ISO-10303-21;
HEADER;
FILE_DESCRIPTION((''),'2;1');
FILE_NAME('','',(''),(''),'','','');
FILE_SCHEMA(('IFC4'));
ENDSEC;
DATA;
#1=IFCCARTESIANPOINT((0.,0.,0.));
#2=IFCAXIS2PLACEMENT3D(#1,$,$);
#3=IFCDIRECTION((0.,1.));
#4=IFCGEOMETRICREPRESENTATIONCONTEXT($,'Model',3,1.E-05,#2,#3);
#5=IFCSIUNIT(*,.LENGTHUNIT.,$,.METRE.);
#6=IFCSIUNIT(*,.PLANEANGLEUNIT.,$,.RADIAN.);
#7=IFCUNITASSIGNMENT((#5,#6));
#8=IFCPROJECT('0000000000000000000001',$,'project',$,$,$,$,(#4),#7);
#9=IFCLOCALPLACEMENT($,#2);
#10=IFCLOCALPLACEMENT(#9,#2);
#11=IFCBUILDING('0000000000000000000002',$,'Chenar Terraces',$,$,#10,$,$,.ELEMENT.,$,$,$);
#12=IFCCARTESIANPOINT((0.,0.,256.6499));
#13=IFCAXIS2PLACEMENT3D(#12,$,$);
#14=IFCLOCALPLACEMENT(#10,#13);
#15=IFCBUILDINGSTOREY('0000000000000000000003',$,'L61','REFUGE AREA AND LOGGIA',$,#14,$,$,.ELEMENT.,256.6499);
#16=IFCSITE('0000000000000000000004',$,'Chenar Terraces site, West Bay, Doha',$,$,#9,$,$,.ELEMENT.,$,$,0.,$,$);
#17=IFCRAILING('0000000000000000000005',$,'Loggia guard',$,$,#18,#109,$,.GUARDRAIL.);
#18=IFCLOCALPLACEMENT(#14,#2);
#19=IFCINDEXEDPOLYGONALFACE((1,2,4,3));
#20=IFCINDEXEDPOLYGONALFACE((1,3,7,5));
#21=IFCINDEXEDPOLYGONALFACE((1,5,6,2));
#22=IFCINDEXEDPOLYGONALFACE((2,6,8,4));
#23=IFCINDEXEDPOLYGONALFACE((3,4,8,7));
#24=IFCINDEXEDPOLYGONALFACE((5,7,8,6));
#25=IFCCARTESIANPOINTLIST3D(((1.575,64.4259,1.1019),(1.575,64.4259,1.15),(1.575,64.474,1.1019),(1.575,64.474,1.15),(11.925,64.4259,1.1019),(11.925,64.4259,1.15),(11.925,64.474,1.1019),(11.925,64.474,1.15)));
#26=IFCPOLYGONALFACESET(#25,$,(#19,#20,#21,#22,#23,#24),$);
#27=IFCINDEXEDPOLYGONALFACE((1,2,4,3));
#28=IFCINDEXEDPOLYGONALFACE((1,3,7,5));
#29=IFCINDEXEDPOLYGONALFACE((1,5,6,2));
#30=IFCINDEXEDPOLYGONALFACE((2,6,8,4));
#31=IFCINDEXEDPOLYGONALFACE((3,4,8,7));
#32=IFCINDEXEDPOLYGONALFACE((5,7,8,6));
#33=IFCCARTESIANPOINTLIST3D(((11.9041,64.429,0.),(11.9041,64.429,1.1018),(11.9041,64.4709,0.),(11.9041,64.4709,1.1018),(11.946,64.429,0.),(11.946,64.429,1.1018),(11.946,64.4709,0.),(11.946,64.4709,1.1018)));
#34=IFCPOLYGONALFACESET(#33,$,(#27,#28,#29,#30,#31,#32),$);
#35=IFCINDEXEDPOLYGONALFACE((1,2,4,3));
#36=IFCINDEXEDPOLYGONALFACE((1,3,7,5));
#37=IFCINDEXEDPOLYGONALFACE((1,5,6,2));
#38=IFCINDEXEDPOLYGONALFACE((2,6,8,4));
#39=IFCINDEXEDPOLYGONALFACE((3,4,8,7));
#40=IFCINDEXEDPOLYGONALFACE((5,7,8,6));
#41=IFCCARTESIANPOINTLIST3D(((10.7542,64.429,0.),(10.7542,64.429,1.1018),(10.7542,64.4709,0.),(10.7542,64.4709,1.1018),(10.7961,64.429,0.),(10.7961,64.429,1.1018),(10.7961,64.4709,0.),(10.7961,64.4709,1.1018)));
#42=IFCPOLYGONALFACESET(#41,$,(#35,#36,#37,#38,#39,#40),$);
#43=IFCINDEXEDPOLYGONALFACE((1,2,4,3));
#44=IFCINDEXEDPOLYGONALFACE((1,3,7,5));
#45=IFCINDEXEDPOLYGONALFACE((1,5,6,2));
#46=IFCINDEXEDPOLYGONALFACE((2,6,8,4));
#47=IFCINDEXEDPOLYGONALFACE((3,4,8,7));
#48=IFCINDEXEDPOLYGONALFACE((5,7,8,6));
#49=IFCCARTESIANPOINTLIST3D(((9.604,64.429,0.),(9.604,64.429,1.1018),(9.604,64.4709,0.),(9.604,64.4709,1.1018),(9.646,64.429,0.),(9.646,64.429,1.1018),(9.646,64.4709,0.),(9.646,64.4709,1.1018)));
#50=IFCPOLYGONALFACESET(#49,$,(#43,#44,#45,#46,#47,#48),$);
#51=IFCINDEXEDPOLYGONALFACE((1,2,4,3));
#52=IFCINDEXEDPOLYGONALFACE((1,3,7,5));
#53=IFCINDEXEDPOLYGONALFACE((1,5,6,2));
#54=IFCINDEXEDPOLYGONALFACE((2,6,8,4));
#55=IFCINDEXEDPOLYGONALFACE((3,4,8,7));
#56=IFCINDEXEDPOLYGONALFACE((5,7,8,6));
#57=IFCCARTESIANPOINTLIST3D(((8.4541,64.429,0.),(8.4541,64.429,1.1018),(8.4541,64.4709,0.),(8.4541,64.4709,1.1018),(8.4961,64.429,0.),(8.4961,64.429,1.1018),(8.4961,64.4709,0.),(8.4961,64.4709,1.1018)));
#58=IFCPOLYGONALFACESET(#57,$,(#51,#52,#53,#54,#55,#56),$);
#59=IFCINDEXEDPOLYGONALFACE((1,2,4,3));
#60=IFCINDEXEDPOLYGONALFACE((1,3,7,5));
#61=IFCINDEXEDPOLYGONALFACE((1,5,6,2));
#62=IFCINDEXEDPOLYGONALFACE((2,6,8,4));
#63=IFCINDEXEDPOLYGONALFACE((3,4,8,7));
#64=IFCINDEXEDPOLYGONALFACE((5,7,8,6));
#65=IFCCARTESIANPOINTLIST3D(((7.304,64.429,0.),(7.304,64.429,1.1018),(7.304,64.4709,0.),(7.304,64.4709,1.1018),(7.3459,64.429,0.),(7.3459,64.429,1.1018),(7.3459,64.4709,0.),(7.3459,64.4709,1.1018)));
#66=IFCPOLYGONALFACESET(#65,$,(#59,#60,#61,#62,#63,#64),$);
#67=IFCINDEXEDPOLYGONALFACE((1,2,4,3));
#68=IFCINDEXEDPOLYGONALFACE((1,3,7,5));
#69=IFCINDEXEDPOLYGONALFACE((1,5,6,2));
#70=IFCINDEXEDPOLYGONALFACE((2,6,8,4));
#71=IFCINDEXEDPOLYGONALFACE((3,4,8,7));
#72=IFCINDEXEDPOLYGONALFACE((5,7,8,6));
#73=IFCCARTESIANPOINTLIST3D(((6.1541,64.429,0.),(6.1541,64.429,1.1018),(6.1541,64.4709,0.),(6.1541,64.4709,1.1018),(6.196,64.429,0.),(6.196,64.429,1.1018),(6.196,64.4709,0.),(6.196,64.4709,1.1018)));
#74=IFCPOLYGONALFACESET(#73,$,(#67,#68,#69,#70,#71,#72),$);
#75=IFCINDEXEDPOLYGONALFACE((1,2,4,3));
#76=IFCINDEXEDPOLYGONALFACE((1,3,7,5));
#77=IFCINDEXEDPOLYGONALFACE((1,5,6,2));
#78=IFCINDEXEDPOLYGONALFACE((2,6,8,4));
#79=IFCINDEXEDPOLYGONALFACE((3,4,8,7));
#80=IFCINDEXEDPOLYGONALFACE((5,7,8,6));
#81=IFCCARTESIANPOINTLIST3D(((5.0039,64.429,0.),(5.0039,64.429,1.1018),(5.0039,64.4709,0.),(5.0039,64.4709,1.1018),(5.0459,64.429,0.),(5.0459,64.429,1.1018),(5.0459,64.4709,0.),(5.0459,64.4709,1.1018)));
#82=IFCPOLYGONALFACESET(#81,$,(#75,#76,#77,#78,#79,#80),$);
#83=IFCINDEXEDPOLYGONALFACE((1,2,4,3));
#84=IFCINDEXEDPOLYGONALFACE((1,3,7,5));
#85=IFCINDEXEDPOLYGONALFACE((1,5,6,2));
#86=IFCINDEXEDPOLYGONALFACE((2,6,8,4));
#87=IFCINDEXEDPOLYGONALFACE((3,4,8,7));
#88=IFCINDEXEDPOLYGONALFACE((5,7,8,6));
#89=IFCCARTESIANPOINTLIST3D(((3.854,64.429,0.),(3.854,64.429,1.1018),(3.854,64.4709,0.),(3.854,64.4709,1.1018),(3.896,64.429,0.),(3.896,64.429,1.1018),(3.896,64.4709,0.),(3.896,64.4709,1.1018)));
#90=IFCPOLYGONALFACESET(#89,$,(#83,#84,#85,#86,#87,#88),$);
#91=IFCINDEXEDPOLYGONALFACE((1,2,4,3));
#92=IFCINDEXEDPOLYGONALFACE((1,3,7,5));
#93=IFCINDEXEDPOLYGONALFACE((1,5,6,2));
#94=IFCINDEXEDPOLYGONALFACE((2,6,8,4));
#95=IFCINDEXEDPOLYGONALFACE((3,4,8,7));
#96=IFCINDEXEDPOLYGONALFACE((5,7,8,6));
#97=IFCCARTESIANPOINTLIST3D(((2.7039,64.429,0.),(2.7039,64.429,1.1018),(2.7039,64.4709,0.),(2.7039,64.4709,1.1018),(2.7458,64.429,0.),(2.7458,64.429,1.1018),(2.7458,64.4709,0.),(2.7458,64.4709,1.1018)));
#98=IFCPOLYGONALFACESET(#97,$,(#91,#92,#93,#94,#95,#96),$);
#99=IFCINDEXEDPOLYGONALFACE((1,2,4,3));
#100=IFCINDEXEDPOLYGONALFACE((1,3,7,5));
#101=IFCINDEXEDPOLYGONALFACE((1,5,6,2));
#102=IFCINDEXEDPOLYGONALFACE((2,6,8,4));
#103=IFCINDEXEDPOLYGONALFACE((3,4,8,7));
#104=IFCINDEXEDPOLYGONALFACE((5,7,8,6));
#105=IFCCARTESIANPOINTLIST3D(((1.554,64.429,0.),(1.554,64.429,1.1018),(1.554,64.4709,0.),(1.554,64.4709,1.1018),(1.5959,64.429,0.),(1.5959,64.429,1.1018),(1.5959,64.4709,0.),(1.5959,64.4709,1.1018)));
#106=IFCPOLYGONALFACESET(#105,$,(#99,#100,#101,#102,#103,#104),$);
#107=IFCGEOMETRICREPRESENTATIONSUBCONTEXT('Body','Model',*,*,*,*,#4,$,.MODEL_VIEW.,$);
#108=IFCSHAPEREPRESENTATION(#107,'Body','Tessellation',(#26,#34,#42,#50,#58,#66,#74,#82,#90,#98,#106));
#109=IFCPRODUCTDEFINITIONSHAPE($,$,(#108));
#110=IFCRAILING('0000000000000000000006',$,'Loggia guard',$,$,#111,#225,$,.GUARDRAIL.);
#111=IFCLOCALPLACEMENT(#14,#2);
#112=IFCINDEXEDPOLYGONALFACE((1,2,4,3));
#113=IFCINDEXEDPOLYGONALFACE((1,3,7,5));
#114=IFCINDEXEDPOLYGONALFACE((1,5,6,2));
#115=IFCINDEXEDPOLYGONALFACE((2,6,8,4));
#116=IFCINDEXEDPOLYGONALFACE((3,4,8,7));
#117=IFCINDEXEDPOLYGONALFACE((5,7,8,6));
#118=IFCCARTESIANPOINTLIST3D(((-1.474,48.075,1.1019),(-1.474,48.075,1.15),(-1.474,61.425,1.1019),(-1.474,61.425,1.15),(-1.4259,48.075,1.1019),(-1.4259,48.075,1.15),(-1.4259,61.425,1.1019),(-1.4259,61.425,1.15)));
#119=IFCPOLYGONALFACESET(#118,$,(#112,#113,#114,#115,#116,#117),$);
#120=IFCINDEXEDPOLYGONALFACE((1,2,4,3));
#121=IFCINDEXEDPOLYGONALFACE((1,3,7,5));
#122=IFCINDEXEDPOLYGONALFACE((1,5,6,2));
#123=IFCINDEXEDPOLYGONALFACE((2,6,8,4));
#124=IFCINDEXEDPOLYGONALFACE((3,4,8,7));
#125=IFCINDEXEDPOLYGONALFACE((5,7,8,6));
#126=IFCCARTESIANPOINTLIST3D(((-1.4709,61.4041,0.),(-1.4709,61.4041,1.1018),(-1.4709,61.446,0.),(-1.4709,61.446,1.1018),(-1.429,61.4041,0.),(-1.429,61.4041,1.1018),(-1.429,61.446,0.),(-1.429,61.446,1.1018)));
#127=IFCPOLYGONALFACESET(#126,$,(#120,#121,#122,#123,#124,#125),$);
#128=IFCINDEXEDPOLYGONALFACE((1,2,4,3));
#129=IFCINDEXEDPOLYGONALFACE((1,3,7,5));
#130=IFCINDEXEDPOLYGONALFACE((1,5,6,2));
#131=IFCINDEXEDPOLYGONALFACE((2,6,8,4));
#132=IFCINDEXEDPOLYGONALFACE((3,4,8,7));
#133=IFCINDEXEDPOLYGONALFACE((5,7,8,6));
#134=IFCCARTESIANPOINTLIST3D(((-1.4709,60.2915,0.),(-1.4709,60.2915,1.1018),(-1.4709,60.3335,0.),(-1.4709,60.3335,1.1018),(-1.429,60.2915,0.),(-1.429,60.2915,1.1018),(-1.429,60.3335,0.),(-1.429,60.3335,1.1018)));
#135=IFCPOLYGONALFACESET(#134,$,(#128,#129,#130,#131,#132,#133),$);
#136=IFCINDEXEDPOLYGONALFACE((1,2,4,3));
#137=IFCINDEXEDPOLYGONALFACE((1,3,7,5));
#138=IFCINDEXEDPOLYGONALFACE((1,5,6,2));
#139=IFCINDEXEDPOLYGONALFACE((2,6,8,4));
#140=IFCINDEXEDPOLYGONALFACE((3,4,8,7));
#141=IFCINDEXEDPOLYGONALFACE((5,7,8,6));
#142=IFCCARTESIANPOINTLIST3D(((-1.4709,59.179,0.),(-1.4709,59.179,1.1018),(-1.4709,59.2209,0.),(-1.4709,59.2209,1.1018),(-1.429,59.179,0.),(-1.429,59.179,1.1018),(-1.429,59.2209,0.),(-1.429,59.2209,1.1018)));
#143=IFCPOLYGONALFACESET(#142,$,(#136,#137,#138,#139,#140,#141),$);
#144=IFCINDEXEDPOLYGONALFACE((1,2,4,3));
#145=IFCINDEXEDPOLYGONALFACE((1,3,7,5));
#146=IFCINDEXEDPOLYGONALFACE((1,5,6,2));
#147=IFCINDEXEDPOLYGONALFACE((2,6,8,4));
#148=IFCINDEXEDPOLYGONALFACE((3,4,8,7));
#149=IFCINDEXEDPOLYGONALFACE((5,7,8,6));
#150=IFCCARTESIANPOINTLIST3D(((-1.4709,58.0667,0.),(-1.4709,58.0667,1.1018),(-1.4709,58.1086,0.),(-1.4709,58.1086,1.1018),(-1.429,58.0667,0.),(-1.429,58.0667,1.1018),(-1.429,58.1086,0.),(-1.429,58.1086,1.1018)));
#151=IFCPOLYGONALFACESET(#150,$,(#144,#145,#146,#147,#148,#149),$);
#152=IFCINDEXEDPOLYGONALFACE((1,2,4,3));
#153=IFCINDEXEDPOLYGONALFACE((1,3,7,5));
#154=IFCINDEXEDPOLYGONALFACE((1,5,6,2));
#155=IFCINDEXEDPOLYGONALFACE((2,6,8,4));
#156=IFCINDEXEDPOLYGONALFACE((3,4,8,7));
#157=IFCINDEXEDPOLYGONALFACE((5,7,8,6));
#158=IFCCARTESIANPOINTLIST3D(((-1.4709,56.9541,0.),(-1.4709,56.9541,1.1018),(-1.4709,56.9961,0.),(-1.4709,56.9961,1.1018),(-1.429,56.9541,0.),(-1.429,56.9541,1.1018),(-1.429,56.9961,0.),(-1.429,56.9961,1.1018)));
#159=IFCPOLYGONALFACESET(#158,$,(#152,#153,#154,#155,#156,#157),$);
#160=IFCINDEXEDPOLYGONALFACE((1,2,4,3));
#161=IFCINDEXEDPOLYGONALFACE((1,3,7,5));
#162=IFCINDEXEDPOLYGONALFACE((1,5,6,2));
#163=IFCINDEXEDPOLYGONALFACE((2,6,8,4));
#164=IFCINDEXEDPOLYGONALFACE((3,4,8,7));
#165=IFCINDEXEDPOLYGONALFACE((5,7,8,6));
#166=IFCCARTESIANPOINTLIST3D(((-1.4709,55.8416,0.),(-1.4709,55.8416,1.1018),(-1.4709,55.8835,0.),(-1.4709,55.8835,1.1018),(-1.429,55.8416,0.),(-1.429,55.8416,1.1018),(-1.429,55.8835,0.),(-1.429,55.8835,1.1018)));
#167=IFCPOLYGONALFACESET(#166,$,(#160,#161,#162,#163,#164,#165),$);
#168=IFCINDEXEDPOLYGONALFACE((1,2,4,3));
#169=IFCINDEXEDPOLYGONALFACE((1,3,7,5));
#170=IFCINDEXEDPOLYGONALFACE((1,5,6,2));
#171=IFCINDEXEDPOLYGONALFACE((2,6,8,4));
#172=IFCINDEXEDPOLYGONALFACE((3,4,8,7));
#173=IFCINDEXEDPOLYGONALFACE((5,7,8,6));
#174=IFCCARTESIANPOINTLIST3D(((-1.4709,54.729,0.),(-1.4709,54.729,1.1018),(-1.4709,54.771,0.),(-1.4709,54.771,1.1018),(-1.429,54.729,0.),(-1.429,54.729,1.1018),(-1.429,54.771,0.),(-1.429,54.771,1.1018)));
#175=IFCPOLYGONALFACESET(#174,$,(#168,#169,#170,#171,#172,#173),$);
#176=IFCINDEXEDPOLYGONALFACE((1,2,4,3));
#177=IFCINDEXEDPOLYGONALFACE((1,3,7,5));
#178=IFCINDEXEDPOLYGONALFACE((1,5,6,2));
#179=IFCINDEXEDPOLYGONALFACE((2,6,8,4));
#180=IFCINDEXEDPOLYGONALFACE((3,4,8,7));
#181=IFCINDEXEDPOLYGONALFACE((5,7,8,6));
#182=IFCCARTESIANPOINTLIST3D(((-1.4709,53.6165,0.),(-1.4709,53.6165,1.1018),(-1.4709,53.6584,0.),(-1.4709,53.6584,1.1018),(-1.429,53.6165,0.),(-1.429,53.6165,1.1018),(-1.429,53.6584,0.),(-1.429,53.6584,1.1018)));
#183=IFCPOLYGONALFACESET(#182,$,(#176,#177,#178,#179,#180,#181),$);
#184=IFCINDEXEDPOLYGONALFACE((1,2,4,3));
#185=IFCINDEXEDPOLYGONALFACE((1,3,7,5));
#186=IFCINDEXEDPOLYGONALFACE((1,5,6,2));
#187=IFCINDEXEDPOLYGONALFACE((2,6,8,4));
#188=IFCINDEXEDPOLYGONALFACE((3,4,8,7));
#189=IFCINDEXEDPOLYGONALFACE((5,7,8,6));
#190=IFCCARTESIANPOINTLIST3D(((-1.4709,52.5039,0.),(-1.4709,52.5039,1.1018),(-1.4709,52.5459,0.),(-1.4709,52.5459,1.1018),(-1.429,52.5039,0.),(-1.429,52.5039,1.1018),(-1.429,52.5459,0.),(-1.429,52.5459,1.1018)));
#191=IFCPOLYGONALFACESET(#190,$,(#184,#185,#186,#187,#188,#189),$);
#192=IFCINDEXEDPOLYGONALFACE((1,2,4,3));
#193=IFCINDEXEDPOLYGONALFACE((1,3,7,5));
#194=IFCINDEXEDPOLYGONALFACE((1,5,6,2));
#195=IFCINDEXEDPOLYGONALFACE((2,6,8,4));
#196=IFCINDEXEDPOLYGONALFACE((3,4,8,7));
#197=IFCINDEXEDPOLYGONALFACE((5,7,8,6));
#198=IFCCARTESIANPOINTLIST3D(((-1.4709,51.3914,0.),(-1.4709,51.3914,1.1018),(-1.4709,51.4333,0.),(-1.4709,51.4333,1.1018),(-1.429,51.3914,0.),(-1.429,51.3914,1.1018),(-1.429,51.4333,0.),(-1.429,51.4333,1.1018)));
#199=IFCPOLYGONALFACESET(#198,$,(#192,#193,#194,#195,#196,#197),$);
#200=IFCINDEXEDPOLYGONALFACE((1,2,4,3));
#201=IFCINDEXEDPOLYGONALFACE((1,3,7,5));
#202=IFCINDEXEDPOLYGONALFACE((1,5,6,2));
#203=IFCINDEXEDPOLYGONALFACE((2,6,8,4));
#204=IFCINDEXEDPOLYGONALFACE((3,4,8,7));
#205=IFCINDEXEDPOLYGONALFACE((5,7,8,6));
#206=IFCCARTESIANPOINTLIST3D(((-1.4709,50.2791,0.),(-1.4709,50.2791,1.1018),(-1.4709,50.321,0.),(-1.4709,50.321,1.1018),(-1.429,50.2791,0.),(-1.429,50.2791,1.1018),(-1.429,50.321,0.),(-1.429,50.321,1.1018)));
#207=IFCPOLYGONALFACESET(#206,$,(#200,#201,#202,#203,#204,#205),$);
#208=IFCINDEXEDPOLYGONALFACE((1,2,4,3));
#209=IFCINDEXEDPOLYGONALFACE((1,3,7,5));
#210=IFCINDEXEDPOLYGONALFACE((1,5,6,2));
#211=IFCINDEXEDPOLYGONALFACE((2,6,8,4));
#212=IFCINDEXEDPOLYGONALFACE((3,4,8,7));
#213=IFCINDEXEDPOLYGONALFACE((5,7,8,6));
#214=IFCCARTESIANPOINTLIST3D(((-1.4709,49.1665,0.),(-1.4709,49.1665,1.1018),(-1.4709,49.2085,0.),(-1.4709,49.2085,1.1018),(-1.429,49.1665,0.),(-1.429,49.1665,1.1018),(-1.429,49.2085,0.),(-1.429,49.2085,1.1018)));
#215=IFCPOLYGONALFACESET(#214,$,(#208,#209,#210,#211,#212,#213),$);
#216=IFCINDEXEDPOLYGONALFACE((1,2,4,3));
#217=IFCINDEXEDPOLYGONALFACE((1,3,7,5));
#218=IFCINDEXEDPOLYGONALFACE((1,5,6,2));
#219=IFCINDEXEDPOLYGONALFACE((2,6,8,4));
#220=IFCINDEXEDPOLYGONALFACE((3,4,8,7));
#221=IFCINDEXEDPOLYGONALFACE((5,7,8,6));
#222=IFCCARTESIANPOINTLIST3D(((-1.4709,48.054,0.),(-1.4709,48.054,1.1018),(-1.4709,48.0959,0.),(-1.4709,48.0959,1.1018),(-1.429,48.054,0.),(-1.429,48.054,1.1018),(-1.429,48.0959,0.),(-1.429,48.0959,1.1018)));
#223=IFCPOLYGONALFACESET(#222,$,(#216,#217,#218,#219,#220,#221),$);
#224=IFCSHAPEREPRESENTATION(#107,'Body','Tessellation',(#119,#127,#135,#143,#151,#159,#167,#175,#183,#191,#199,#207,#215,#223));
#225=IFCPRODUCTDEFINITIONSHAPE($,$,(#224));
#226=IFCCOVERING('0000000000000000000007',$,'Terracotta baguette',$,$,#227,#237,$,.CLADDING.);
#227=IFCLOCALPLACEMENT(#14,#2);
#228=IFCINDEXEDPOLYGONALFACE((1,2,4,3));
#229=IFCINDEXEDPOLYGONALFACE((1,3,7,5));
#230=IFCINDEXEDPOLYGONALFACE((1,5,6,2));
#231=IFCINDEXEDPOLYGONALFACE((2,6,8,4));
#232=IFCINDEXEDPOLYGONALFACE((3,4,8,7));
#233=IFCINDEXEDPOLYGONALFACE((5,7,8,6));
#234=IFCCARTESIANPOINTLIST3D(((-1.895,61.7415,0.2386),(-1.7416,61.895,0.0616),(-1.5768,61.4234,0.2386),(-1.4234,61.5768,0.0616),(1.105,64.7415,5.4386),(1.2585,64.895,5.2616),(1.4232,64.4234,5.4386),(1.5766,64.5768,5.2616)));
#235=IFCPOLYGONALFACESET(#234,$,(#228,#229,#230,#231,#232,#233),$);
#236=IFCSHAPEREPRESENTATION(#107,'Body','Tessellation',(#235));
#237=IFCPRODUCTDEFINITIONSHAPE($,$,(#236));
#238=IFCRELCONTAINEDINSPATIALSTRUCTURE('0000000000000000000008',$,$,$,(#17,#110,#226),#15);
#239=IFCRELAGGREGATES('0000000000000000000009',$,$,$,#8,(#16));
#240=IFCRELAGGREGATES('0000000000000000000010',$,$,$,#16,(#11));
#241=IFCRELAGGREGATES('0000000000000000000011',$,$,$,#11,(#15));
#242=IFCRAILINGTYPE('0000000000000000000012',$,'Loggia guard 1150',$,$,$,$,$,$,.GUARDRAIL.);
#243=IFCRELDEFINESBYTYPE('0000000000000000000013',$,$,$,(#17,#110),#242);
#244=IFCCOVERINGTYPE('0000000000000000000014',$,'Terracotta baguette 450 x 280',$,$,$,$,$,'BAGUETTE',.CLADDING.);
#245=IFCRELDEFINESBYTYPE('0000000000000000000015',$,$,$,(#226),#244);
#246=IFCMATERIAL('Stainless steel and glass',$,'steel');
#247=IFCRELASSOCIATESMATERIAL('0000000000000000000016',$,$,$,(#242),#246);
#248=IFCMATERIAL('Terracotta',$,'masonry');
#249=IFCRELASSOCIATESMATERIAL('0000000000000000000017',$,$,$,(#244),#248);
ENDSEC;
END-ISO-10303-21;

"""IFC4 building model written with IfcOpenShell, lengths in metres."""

from ifc_helpers import new_model, si_unit, direction, frame, origin, origin_2d, place, context, subcontext, project, spatial, rectangle, extrude, material, material_profile, profile_set, type_object, element, save


model = new_model("IFC4")

# Units and contexts
model_context = context("Model", 3, precision=1e-05, world=origin(), true_north=direction((0.0, 1.0)))
body_context = subcontext(model_context, "Body", "Model", "MODEL_VIEW")
ifc_project = project(units=[si_unit("LENGTHUNIT", "METRE"), si_unit("PLANEANGLEUNIT", "RADIAN")], contexts=[model_context])

# Site, building, storey
site_placement = place(None, origin())
site = spatial("IfcSite", under=ifc_project, at=site_placement, Name="Chenar Terraces site, West Bay, Doha", CompositionType="ELEMENT", RefElevation=0.0)
building_placement = place(site_placement, origin())
building = spatial("IfcBuilding", under=site, at=building_placement, Name="Chenar Terraces", CompositionType="ELEMENT")
storey_placement = place(building_placement, frame((0.0, 0.0, 256.6499)))
storey = spatial("IfcBuildingStorey", under=building, at=storey_placement, Name="L61", Description="REFUGE AREA AND LOGGIA", CompositionType="ELEMENT", Elevation=256.6499)

# Railings
ifc_material_1 = material(Name="Stainless steel and glass", Category="steel")
railing_type = type_object("IfcRailingType", Name="Loggia guard 1150", PredefinedType="GUARDRAIL", material=ifc_material_1)
railing_1_placement = place(storey_placement, frame((11.925, 64.45, 0.0)))
element("IfcRailing", 1, at=railing_1_placement, inside=storey, type_object=railing_type, Name="Loggia guard", PredefinedType="GUARDRAIL", context=body_context, shape_type="SweptSolid", body=[
    extrude(rectangle(XDim=0.0481, YDim=0.0481, at=origin_2d()), frame((0.0, 0.0, 1.126), z_axis=(-1.0, 0.0, 0.0), x_axis=(0.0, -1.0, 0.0)), (0.0, 0.0, 1.0), 10.3501),
    extrude(rectangle(XDim=0.042, YDim=0.042, at=origin_2d()), origin(), (0.0, 0.0, 1.0), 1.1018),
    extrude(rectangle(XDim=0.042, YDim=0.042, at=origin_2d()), frame((-1.1499, 0.0, 0.0)), (0.0, 0.0, 1.0), 1.1018),
    extrude(rectangle(XDim=0.042, YDim=0.042, at=origin_2d()), frame((-2.3, 0.0, 0.0)), (0.0, 0.0, 1.0), 1.1018),
    extrude(rectangle(XDim=0.042, YDim=0.042, at=origin_2d()), frame((-3.45, 0.0, 0.0)), (0.0, 0.0, 1.0), 1.1018),
    extrude(rectangle(XDim=0.042, YDim=0.042, at=origin_2d()), frame((-4.6001, 0.0, 0.0)), (0.0, 0.0, 1.0), 1.1018),
    extrude(rectangle(XDim=0.042, YDim=0.042, at=origin_2d()), frame((-5.75, 0.0, 0.0)), (0.0, 0.0, 1.0), 1.1018),
    extrude(rectangle(XDim=0.042, YDim=0.042, at=origin_2d()), frame((-6.9001, 0.0, 0.0)), (0.0, 0.0, 1.0), 1.1018),
    extrude(rectangle(XDim=0.042, YDim=0.042, at=origin_2d()), frame((-8.05, 0.0, 0.0)), (0.0, 0.0, 1.0), 1.1018),
    extrude(rectangle(XDim=0.042, YDim=0.042, at=origin_2d()), frame((-9.2002, 0.0, 0.0)), (0.0, 0.0, 1.0), 1.1018),
    extrude(rectangle(XDim=0.042, YDim=0.042, at=origin_2d()), frame((-10.3501, 0.0, 0.0)), (0.0, 0.0, 1.0), 1.1018),
])
railing_2_placement = place(storey_placement, frame((-1.45, 61.425, 0.0)))
element("IfcRailing", 2, at=railing_2_placement, inside=storey, type_object=railing_type, Name="Loggia guard", PredefinedType="GUARDRAIL", context=body_context, shape_type="SweptSolid", body=[
    extrude(rectangle(XDim=0.0481, YDim=0.0481, at=origin_2d()), frame((0.0, 0.0, 1.126), z_axis=(0.0, -1.0, 0.0), x_axis=(1.0, 0.0, 0.0)), (0.0, 0.0, 1.0), 13.3501),
    extrude(rectangle(XDim=0.042, YDim=0.042, at=origin_2d()), origin(), (0.0, 0.0, 1.0), 1.1018),
    extrude(rectangle(XDim=0.042, YDim=0.042, at=origin_2d()), frame((0.0, -1.1125, 0.0)), (0.0, 0.0, 1.0), 1.1018),
    extrude(rectangle(XDim=0.042, YDim=0.042, at=origin_2d()), frame((0.0, -2.2251, 0.0)), (0.0, 0.0, 1.0), 1.1018),
    extrude(rectangle(XDim=0.042, YDim=0.042, at=origin_2d()), frame((0.0, -3.3374, 0.0)), (0.0, 0.0, 1.0), 1.1018),
    extrude(rectangle(XDim=0.042, YDim=0.042, at=origin_2d()), frame((0.0, -4.45, 0.0)), (0.0, 0.0, 1.0), 1.1018),
    extrude(rectangle(XDim=0.042, YDim=0.042, at=origin_2d()), frame((0.0, -5.5625, 0.0)), (0.0, 0.0, 1.0), 1.1018),
    extrude(rectangle(XDim=0.042, YDim=0.042, at=origin_2d()), frame((0.0, -6.675, 0.0)), (0.0, 0.0, 1.0), 1.1018),
    extrude(rectangle(XDim=0.042, YDim=0.042, at=origin_2d()), frame((0.0, -7.7876, 0.0)), (0.0, 0.0, 1.0), 1.1018),
    extrude(rectangle(XDim=0.042, YDim=0.042, at=origin_2d()), frame((0.0, -8.9001, 0.0)), (0.0, 0.0, 1.0), 1.1018),
    extrude(rectangle(XDim=0.042, YDim=0.042, at=origin_2d()), frame((0.0, -10.0127, 0.0)), (0.0, 0.0, 1.0), 1.1018),
    extrude(rectangle(XDim=0.042, YDim=0.042, at=origin_2d()), frame((0.0, -11.125, 0.0)), (0.0, 0.0, 1.0), 1.1018),
    extrude(rectangle(XDim=0.042, YDim=0.042, at=origin_2d()), frame((0.0, -12.2375, 0.0)), (0.0, 0.0, 1.0), 1.1018),
    extrude(rectangle(XDim=0.042, YDim=0.042, at=origin_2d()), frame((0.0, -13.3501, 0.0)), (0.0, 0.0, 1.0), 1.1018),
])

# Covering
ifc_material_2 = material(Name="Terracotta", Category="masonry")
ifc_material_profile_1 = material_profile(ifc_material_2, rectangle(XDim=0.45, YDim=0.28, at=origin_2d()), Name="Terracotta baguette 450 x 280")
ifc_profile_set_1 = profile_set([ifc_material_profile_1], Name="Terracotta")
covering_type = type_object("IfcCoveringType", Name="Terracotta baguette 450 x 280", ElementType="BAGUETTE", PredefinedType="CLADDING", material=ifc_profile_set_1)
covering_placement = place(storey_placement, frame((1.3408, 64.6592, 5.3501), z_axis=(-0.447017, -0.447017, -0.774823), x_axis=(0.707107, -0.707107, 0.0)))
element("IfcCovering", 3, at=covering_placement, inside=storey, type_object=covering_type, Name="Terracotta baguette", PredefinedType="CLADDING", context=body_context, shape_type="SweptSolid", body=[
    extrude(rectangle(XDim=0.45, YDim=0.28, at=origin_2d()), origin(), (0.0, 0.0, 1.0), 6.7112),
])

save(model, "model.ifc")
